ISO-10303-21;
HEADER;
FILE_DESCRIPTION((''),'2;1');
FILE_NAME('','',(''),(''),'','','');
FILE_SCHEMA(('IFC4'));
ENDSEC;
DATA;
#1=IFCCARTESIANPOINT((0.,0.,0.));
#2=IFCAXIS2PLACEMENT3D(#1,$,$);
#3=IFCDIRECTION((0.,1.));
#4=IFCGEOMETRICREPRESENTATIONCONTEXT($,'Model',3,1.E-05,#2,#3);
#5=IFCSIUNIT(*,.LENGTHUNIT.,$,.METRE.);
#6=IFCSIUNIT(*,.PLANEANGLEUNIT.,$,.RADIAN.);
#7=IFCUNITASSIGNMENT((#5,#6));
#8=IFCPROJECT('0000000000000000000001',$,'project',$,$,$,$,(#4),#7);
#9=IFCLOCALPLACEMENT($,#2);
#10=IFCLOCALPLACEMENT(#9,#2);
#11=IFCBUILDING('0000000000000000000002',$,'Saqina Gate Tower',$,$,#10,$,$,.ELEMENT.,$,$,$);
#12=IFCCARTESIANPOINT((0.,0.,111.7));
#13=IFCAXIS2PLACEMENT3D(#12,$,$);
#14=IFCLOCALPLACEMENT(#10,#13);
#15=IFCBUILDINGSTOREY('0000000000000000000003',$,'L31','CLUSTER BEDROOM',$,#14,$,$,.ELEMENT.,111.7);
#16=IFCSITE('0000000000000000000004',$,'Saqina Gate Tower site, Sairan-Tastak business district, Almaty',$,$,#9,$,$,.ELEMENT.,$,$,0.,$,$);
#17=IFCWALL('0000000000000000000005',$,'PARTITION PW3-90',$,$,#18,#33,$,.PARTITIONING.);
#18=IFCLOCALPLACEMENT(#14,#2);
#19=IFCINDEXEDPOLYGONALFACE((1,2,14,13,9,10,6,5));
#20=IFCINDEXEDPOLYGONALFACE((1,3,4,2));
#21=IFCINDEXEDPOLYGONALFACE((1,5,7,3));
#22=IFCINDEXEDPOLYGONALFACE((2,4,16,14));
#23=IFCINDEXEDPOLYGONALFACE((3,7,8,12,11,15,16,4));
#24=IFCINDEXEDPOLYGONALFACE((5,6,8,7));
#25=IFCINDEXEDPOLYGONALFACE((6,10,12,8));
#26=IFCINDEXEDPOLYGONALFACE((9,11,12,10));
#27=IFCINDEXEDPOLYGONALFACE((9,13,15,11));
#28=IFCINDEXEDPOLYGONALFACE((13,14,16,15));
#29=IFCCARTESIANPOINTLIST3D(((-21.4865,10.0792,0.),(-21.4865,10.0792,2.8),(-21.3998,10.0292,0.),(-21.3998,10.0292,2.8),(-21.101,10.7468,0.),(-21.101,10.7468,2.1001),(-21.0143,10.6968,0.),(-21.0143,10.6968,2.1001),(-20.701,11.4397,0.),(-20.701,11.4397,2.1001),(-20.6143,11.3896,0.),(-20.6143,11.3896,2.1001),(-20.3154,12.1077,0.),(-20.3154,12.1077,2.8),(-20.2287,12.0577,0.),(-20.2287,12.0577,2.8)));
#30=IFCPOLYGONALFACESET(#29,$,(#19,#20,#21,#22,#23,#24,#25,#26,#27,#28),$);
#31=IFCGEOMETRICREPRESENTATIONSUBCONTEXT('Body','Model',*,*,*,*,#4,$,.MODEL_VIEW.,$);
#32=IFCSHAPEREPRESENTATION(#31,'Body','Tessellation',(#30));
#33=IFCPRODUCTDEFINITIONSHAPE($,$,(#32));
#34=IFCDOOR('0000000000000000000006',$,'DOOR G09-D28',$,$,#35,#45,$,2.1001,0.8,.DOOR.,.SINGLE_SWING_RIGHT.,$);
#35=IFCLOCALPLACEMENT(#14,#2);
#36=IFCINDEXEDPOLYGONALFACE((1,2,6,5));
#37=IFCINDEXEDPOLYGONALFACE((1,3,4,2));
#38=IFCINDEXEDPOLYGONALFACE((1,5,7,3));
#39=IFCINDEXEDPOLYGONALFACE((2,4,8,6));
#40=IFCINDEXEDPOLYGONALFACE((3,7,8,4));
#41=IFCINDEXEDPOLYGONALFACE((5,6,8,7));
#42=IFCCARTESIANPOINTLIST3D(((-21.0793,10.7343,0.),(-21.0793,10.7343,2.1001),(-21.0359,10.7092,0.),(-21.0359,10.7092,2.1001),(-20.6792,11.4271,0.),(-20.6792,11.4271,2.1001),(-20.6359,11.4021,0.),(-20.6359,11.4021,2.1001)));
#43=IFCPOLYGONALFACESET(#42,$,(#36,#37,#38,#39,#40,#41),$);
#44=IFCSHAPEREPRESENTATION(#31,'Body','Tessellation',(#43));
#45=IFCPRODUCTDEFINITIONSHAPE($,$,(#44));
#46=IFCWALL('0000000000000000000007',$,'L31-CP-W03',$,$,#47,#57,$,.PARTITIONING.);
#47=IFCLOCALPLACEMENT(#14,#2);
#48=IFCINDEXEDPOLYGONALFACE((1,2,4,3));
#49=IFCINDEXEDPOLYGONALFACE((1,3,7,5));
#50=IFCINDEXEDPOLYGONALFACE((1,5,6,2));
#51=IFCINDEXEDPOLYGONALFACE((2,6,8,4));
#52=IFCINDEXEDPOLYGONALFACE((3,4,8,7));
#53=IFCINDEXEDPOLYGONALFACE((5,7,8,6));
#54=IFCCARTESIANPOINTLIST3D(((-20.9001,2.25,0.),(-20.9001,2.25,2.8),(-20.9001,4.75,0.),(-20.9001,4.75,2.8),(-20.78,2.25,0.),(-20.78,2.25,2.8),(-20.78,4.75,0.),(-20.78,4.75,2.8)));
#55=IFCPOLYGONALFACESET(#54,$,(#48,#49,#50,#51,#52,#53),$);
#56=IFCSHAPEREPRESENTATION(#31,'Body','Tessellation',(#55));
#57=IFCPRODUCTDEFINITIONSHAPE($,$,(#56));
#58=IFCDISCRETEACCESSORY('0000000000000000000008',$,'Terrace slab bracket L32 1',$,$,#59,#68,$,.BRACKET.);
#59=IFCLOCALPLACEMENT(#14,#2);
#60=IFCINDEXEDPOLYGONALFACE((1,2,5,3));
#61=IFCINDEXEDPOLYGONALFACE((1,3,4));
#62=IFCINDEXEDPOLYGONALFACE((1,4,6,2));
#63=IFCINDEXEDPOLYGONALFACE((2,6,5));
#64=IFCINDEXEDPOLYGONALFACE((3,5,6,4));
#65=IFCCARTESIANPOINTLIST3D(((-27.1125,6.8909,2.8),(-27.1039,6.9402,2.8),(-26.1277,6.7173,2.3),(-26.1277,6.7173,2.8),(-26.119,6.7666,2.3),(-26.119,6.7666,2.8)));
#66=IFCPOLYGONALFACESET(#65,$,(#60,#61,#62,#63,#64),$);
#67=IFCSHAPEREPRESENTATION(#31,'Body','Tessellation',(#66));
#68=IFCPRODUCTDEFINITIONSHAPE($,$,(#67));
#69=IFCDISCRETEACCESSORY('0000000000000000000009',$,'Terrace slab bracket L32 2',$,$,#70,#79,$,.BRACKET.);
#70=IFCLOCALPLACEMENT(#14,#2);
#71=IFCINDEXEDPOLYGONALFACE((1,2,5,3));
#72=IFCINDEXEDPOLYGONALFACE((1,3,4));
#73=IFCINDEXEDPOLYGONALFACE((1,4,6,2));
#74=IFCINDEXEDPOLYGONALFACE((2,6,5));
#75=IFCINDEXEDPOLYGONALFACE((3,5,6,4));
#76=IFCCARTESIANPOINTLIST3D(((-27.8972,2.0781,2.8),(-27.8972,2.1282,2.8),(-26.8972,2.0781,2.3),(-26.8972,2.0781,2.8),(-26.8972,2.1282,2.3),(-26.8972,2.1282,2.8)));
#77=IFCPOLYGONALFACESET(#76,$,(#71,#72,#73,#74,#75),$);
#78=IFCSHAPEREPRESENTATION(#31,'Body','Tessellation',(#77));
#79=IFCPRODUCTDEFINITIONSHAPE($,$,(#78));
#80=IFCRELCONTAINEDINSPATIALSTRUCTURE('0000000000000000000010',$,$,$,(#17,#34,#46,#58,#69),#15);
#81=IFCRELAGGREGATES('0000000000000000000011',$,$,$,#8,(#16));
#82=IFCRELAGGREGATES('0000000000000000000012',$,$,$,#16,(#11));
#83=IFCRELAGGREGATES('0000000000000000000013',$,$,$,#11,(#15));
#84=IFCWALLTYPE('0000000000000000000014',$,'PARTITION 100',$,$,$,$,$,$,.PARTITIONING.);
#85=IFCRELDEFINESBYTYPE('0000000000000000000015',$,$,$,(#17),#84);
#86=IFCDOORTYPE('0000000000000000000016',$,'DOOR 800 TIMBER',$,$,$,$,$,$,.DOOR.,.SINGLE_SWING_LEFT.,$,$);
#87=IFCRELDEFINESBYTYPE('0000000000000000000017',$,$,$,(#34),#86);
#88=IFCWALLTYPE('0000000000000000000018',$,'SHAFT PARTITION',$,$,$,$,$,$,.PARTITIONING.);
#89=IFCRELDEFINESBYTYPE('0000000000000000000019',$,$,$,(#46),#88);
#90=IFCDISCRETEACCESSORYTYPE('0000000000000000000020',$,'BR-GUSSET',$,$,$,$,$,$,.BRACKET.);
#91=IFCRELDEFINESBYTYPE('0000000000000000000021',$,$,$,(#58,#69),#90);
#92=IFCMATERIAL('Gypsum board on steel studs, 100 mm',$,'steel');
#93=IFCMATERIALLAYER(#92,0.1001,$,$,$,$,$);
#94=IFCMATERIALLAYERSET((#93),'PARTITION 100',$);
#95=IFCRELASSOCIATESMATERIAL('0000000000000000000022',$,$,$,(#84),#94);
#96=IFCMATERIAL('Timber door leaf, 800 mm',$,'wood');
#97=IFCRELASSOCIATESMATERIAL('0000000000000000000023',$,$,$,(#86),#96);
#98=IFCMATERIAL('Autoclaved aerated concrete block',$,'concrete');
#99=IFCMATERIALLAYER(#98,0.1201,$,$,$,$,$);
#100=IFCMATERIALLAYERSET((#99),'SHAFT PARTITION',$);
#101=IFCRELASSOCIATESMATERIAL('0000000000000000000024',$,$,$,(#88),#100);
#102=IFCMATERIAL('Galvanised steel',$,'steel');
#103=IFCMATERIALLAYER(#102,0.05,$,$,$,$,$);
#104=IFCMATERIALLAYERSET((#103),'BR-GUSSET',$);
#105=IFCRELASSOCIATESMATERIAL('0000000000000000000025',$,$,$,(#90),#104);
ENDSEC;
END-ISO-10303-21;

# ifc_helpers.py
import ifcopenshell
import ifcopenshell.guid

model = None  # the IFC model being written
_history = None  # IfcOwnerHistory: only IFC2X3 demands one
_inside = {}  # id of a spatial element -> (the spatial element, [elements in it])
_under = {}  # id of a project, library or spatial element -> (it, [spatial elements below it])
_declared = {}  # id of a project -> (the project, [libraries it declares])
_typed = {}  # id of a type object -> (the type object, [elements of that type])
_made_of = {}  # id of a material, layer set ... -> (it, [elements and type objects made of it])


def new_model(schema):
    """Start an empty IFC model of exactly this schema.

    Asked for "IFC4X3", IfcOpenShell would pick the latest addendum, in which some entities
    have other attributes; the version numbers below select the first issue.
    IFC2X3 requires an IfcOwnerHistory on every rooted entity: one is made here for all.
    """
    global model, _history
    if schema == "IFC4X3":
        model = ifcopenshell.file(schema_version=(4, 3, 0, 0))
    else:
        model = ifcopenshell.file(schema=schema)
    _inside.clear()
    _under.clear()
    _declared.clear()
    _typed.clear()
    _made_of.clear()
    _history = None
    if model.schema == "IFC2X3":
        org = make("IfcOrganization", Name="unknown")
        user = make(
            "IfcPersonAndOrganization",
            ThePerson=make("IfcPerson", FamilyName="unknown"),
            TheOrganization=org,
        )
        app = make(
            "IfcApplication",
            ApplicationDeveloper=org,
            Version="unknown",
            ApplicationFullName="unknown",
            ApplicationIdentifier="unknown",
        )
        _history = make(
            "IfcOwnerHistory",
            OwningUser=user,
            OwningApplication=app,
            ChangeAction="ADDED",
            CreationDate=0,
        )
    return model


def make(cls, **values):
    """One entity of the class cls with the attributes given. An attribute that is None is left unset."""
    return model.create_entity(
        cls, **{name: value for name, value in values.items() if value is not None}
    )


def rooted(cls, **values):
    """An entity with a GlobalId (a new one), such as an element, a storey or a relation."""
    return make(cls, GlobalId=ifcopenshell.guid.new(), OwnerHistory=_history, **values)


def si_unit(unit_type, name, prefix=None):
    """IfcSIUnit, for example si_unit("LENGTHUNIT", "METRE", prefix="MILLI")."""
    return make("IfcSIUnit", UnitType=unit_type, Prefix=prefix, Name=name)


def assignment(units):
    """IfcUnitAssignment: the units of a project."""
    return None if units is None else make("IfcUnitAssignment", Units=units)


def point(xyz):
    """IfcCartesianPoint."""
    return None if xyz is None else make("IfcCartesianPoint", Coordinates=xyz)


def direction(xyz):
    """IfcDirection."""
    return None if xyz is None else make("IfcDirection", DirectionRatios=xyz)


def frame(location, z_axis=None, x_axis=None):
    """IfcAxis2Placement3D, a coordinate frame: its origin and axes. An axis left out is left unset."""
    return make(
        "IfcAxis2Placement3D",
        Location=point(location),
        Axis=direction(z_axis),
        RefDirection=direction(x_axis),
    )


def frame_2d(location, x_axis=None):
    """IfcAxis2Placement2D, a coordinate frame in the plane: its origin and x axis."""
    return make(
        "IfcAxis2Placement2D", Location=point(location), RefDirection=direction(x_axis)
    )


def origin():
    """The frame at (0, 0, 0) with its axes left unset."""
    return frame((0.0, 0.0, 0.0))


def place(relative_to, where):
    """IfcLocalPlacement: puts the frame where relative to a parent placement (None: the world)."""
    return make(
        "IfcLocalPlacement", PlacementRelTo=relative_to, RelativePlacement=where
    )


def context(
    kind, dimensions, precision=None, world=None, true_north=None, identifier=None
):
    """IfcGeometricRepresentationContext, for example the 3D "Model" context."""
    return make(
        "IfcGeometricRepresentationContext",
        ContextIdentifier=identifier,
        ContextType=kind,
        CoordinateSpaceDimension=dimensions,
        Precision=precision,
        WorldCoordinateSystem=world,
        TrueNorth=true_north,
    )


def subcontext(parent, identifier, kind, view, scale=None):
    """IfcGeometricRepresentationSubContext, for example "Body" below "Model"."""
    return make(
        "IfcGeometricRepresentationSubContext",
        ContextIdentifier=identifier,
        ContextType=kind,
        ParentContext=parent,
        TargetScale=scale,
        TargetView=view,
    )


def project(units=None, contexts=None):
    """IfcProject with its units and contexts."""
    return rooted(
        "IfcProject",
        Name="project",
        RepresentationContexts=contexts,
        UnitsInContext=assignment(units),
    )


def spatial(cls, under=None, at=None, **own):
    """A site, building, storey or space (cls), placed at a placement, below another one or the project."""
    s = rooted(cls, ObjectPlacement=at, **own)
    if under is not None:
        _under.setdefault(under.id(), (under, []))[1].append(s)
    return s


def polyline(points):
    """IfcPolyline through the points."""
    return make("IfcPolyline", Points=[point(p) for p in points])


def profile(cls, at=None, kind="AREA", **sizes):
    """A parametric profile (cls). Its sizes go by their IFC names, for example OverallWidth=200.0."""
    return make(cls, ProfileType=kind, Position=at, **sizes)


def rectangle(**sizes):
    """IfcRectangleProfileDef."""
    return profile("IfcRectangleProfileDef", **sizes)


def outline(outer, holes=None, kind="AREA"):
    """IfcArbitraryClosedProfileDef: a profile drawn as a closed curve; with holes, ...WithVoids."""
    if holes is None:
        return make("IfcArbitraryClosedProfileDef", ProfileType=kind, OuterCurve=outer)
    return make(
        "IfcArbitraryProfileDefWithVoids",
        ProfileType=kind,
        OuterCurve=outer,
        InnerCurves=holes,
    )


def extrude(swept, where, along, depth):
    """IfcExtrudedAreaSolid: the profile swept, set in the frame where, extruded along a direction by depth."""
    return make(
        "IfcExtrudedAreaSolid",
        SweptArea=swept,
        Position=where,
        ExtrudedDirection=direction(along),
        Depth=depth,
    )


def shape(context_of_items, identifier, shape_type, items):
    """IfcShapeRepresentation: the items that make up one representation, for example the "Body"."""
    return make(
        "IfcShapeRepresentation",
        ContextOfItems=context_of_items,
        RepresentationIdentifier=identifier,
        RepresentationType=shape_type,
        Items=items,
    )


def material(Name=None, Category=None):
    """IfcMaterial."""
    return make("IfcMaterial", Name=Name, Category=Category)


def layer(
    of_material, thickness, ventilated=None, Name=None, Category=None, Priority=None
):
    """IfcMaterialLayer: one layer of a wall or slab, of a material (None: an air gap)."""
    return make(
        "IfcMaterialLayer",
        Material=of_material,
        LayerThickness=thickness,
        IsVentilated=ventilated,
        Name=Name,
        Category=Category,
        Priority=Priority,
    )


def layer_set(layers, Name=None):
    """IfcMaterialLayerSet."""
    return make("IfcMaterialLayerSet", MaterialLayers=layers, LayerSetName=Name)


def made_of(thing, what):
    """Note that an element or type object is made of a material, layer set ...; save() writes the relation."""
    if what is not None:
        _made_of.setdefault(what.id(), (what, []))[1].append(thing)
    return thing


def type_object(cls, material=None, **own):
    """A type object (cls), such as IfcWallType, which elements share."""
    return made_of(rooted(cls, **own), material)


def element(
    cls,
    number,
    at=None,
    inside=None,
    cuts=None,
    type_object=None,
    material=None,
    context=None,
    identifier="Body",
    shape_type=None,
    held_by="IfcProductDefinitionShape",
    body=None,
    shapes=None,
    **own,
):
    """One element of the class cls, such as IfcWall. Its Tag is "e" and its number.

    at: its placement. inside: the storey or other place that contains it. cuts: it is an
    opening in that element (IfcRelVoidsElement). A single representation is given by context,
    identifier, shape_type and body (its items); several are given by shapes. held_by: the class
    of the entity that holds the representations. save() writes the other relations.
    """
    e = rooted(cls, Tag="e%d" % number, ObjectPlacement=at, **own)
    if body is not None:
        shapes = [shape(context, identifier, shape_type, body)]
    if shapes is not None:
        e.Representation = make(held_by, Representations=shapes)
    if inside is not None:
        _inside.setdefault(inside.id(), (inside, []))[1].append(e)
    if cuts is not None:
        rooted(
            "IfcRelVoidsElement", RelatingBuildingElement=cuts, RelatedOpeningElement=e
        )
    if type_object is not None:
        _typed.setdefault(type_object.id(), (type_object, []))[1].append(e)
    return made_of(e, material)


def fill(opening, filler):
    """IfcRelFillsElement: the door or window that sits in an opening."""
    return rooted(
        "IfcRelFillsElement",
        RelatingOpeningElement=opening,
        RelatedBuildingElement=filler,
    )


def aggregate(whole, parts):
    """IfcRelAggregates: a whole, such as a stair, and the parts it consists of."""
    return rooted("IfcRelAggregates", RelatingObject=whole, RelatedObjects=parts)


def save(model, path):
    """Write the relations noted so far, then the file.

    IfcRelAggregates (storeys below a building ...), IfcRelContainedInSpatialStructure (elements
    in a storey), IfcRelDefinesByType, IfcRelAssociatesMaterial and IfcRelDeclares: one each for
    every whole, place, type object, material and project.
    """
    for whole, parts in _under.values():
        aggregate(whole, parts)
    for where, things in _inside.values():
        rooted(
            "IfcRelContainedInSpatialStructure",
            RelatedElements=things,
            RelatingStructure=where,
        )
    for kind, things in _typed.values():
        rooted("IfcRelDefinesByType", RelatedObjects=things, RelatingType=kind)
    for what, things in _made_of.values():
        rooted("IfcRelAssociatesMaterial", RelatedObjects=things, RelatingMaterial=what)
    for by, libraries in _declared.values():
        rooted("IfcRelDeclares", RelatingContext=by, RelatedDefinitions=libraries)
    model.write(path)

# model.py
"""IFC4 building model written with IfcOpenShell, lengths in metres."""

from ifc_helpers import new_model, si_unit, direction, frame, frame_2d, origin, place, context, subcontext, project, spatial, polyline, rectangle, outline, extrude, material, layer, layer_set, type_object, element, fill, save


model = new_model("IFC4")

# Units and contexts
model_context = context("Model", 3, precision=1e-05, world=origin(), true_north=direction((0.0, 1.0)))
body_context = subcontext(model_context, "Body", "Model", "MODEL_VIEW")
ifc_project = project(units=[si_unit("LENGTHUNIT", "METRE"), si_unit("PLANEANGLEUNIT", "RADIAN")], contexts=[model_context])

# Site, building, storey
site_placement = place(None, origin())
site = spatial("IfcSite", under=ifc_project, at=site_placement, Name="Saqina Gate Tower site, Sairan-Tastak business district, Almaty", CompositionType="ELEMENT", RefElevation=0.0)
building_placement = place(site_placement, origin())
building = spatial("IfcBuilding", under=site, at=building_placement, Name="Saqina Gate Tower", CompositionType="ELEMENT")
storey_placement = place(building_placement, frame((0.0, 0.0, 111.7)))
storey = spatial("IfcBuildingStorey", under=building, at=storey_placement, Name="L31", Description="CLUSTER BEDROOM", CompositionType="ELEMENT", Elevation=111.7)

# Wall, opening, door
ifc_material_1 = material(Name="Gypsum board on steel studs, 100 mm", Category="steel")
ifc_layer_1 = layer(ifc_material_1, 0.1001)
ifc_layer_set_1 = layer_set([ifc_layer_1], Name="PARTITION 100")
wall_type_1 = type_object("IfcWallType", Name="PARTITION 100", PredefinedType="PARTITIONING", material=ifc_layer_set_1)
wall_1_placement = place(storey_placement, frame((-21.4431, 10.0542, 0.0), z_axis=(0.0, 0.0, 1.0), x_axis=(0.499984, 0.866035, 0.0)))
wall_1 = element("IfcWall", 1, at=wall_1_placement, inside=storey, type_object=wall_type_1, Name="PARTITION PW3-90", PredefinedType="PARTITIONING", context=body_context, shape_type="SweptSolid", body=[
    extrude(rectangle(XDim=2.3423, YDim=0.1001, at=frame_2d((1.1711, 0.0))), origin(), (0.0, 0.0, 1.0), 2.8),
])
opening_1_placement = place(wall_1_placement, frame((0.771, 0.0, 0.0)))
opening_1 = element("IfcOpeningElement", 2, at=opening_1_placement, cuts=wall_1, PredefinedType="OPENING", context=body_context, shape_type="SweptSolid", body=[
    extrude(rectangle(XDim=0.8, YDim=2.1001, at=frame_2d((0.3999, 1.05))), frame((0.0, 0.062, 0.0), z_axis=(0.0, -1.0, 0.0), x_axis=(1.0, 0.0, 0.0)), (0.0, 0.0, 1.0), 0.124),
])
ifc_material_2 = material(Name="Timber door leaf, 800 mm", Category="wood")
door_type_1 = type_object("IfcDoorType", Name="DOOR 800 TIMBER", OperationType="SINGLE_SWING_LEFT", PredefinedType="DOOR", material=ifc_material_2)
door_1_placement = place(opening_1_placement, origin())
door_1 = element("IfcDoor", 3, at=door_1_placement, inside=storey, type_object=door_type_1, Name="DOOR G09-D28", OperationType="SINGLE_SWING_RIGHT", OverallHeight=2.1001, OverallWidth=0.8, PredefinedType="DOOR", context=body_context, shape_type="SweptSolid", body=[
    extrude(rectangle(XDim=0.8, YDim=2.1001, at=frame_2d((0.3999, 1.05))), frame((0.0, 0.0249, 0.0), z_axis=(0.0, -1.0, 0.0), x_axis=(1.0, 0.0, 0.0)), (0.0, 0.0, 1.0), 0.05),
])
fill(opening_1, door_1)

# Wall
ifc_material_3 = material(Name="Autoclaved aerated concrete block", Category="concrete")
ifc_layer_2 = layer(ifc_material_3, 0.1201)
ifc_layer_set_2 = layer_set([ifc_layer_2], Name="SHAFT PARTITION")
wall_type_2 = type_object("IfcWallType", Name="SHAFT PARTITION", PredefinedType="PARTITIONING", material=ifc_layer_set_2)
wall_2_placement = place(storey_placement, frame((-20.8401, 2.25, 0.0), z_axis=(0.0, 0.0, 1.0), x_axis=(0.0, 1.0, 0.0)))
element("IfcWall", 4, at=wall_2_placement, inside=storey, type_object=wall_type_2, Name="L31-CP-W03", PredefinedType="PARTITIONING", context=body_context, shape_type="SweptSolid", body=[
    extrude(rectangle(XDim=2.5, YDim=0.1201, at=frame_2d((1.25, 0.0))), origin(), (0.0, 0.0, 1.0), 2.8),
])

# Discrete accessories
ifc_material_4 = material(Name="Galvanised steel", Category="steel")
ifc_layer_3 = layer(ifc_material_4, 0.05)
ifc_layer_set_3 = layer_set([ifc_layer_3], Name="BR-GUSSET")
discrete_accessory_type = type_object("IfcDiscreteAccessoryType", Name="BR-GUSSET", PredefinedType="BRACKET", material=ifc_layer_set_3)
discrete_accessory_1_placement = place(storey_placement, frame((-26.1277, 6.7173, 2.3), z_axis=(-0.173576, -0.98482, 0.0), x_axis=(0.0, 0.0, 1.0)))
element("IfcDiscreteAccessory", 5, at=discrete_accessory_1_placement, inside=storey, type_object=discrete_accessory_type, Name="Terrace slab bracket L32 1", PredefinedType="BRACKET", context=body_context, shape_type="SweptSolid", body=[
    extrude(outline(polyline([(0.0, 0.0), (0.5, 0.0), (0.5, 1.0), (0.0, 0.0)])), origin(), (0.0, 0.0, -1.0), 0.05),
])
discrete_accessory_2_placement = place(storey_placement, frame((-26.8972, 2.0781, 2.3), z_axis=(0.0, -1.0, 0.0), x_axis=(0.0, 0.0, 1.0)))
element("IfcDiscreteAccessory", 6, at=discrete_accessory_2_placement, inside=storey, type_object=discrete_accessory_type, Name="Terrace slab bracket L32 2", PredefinedType="BRACKET", context=body_context, shape_type="SweptSolid", body=[
    extrude(outline(polyline([(0.0, 0.0), (0.5, 0.0), (0.5, 1.0), (0.0, 0.0)])), origin(), (0.0, 0.0, -1.0), 0.05),
])

save(model, "model.ifc")
